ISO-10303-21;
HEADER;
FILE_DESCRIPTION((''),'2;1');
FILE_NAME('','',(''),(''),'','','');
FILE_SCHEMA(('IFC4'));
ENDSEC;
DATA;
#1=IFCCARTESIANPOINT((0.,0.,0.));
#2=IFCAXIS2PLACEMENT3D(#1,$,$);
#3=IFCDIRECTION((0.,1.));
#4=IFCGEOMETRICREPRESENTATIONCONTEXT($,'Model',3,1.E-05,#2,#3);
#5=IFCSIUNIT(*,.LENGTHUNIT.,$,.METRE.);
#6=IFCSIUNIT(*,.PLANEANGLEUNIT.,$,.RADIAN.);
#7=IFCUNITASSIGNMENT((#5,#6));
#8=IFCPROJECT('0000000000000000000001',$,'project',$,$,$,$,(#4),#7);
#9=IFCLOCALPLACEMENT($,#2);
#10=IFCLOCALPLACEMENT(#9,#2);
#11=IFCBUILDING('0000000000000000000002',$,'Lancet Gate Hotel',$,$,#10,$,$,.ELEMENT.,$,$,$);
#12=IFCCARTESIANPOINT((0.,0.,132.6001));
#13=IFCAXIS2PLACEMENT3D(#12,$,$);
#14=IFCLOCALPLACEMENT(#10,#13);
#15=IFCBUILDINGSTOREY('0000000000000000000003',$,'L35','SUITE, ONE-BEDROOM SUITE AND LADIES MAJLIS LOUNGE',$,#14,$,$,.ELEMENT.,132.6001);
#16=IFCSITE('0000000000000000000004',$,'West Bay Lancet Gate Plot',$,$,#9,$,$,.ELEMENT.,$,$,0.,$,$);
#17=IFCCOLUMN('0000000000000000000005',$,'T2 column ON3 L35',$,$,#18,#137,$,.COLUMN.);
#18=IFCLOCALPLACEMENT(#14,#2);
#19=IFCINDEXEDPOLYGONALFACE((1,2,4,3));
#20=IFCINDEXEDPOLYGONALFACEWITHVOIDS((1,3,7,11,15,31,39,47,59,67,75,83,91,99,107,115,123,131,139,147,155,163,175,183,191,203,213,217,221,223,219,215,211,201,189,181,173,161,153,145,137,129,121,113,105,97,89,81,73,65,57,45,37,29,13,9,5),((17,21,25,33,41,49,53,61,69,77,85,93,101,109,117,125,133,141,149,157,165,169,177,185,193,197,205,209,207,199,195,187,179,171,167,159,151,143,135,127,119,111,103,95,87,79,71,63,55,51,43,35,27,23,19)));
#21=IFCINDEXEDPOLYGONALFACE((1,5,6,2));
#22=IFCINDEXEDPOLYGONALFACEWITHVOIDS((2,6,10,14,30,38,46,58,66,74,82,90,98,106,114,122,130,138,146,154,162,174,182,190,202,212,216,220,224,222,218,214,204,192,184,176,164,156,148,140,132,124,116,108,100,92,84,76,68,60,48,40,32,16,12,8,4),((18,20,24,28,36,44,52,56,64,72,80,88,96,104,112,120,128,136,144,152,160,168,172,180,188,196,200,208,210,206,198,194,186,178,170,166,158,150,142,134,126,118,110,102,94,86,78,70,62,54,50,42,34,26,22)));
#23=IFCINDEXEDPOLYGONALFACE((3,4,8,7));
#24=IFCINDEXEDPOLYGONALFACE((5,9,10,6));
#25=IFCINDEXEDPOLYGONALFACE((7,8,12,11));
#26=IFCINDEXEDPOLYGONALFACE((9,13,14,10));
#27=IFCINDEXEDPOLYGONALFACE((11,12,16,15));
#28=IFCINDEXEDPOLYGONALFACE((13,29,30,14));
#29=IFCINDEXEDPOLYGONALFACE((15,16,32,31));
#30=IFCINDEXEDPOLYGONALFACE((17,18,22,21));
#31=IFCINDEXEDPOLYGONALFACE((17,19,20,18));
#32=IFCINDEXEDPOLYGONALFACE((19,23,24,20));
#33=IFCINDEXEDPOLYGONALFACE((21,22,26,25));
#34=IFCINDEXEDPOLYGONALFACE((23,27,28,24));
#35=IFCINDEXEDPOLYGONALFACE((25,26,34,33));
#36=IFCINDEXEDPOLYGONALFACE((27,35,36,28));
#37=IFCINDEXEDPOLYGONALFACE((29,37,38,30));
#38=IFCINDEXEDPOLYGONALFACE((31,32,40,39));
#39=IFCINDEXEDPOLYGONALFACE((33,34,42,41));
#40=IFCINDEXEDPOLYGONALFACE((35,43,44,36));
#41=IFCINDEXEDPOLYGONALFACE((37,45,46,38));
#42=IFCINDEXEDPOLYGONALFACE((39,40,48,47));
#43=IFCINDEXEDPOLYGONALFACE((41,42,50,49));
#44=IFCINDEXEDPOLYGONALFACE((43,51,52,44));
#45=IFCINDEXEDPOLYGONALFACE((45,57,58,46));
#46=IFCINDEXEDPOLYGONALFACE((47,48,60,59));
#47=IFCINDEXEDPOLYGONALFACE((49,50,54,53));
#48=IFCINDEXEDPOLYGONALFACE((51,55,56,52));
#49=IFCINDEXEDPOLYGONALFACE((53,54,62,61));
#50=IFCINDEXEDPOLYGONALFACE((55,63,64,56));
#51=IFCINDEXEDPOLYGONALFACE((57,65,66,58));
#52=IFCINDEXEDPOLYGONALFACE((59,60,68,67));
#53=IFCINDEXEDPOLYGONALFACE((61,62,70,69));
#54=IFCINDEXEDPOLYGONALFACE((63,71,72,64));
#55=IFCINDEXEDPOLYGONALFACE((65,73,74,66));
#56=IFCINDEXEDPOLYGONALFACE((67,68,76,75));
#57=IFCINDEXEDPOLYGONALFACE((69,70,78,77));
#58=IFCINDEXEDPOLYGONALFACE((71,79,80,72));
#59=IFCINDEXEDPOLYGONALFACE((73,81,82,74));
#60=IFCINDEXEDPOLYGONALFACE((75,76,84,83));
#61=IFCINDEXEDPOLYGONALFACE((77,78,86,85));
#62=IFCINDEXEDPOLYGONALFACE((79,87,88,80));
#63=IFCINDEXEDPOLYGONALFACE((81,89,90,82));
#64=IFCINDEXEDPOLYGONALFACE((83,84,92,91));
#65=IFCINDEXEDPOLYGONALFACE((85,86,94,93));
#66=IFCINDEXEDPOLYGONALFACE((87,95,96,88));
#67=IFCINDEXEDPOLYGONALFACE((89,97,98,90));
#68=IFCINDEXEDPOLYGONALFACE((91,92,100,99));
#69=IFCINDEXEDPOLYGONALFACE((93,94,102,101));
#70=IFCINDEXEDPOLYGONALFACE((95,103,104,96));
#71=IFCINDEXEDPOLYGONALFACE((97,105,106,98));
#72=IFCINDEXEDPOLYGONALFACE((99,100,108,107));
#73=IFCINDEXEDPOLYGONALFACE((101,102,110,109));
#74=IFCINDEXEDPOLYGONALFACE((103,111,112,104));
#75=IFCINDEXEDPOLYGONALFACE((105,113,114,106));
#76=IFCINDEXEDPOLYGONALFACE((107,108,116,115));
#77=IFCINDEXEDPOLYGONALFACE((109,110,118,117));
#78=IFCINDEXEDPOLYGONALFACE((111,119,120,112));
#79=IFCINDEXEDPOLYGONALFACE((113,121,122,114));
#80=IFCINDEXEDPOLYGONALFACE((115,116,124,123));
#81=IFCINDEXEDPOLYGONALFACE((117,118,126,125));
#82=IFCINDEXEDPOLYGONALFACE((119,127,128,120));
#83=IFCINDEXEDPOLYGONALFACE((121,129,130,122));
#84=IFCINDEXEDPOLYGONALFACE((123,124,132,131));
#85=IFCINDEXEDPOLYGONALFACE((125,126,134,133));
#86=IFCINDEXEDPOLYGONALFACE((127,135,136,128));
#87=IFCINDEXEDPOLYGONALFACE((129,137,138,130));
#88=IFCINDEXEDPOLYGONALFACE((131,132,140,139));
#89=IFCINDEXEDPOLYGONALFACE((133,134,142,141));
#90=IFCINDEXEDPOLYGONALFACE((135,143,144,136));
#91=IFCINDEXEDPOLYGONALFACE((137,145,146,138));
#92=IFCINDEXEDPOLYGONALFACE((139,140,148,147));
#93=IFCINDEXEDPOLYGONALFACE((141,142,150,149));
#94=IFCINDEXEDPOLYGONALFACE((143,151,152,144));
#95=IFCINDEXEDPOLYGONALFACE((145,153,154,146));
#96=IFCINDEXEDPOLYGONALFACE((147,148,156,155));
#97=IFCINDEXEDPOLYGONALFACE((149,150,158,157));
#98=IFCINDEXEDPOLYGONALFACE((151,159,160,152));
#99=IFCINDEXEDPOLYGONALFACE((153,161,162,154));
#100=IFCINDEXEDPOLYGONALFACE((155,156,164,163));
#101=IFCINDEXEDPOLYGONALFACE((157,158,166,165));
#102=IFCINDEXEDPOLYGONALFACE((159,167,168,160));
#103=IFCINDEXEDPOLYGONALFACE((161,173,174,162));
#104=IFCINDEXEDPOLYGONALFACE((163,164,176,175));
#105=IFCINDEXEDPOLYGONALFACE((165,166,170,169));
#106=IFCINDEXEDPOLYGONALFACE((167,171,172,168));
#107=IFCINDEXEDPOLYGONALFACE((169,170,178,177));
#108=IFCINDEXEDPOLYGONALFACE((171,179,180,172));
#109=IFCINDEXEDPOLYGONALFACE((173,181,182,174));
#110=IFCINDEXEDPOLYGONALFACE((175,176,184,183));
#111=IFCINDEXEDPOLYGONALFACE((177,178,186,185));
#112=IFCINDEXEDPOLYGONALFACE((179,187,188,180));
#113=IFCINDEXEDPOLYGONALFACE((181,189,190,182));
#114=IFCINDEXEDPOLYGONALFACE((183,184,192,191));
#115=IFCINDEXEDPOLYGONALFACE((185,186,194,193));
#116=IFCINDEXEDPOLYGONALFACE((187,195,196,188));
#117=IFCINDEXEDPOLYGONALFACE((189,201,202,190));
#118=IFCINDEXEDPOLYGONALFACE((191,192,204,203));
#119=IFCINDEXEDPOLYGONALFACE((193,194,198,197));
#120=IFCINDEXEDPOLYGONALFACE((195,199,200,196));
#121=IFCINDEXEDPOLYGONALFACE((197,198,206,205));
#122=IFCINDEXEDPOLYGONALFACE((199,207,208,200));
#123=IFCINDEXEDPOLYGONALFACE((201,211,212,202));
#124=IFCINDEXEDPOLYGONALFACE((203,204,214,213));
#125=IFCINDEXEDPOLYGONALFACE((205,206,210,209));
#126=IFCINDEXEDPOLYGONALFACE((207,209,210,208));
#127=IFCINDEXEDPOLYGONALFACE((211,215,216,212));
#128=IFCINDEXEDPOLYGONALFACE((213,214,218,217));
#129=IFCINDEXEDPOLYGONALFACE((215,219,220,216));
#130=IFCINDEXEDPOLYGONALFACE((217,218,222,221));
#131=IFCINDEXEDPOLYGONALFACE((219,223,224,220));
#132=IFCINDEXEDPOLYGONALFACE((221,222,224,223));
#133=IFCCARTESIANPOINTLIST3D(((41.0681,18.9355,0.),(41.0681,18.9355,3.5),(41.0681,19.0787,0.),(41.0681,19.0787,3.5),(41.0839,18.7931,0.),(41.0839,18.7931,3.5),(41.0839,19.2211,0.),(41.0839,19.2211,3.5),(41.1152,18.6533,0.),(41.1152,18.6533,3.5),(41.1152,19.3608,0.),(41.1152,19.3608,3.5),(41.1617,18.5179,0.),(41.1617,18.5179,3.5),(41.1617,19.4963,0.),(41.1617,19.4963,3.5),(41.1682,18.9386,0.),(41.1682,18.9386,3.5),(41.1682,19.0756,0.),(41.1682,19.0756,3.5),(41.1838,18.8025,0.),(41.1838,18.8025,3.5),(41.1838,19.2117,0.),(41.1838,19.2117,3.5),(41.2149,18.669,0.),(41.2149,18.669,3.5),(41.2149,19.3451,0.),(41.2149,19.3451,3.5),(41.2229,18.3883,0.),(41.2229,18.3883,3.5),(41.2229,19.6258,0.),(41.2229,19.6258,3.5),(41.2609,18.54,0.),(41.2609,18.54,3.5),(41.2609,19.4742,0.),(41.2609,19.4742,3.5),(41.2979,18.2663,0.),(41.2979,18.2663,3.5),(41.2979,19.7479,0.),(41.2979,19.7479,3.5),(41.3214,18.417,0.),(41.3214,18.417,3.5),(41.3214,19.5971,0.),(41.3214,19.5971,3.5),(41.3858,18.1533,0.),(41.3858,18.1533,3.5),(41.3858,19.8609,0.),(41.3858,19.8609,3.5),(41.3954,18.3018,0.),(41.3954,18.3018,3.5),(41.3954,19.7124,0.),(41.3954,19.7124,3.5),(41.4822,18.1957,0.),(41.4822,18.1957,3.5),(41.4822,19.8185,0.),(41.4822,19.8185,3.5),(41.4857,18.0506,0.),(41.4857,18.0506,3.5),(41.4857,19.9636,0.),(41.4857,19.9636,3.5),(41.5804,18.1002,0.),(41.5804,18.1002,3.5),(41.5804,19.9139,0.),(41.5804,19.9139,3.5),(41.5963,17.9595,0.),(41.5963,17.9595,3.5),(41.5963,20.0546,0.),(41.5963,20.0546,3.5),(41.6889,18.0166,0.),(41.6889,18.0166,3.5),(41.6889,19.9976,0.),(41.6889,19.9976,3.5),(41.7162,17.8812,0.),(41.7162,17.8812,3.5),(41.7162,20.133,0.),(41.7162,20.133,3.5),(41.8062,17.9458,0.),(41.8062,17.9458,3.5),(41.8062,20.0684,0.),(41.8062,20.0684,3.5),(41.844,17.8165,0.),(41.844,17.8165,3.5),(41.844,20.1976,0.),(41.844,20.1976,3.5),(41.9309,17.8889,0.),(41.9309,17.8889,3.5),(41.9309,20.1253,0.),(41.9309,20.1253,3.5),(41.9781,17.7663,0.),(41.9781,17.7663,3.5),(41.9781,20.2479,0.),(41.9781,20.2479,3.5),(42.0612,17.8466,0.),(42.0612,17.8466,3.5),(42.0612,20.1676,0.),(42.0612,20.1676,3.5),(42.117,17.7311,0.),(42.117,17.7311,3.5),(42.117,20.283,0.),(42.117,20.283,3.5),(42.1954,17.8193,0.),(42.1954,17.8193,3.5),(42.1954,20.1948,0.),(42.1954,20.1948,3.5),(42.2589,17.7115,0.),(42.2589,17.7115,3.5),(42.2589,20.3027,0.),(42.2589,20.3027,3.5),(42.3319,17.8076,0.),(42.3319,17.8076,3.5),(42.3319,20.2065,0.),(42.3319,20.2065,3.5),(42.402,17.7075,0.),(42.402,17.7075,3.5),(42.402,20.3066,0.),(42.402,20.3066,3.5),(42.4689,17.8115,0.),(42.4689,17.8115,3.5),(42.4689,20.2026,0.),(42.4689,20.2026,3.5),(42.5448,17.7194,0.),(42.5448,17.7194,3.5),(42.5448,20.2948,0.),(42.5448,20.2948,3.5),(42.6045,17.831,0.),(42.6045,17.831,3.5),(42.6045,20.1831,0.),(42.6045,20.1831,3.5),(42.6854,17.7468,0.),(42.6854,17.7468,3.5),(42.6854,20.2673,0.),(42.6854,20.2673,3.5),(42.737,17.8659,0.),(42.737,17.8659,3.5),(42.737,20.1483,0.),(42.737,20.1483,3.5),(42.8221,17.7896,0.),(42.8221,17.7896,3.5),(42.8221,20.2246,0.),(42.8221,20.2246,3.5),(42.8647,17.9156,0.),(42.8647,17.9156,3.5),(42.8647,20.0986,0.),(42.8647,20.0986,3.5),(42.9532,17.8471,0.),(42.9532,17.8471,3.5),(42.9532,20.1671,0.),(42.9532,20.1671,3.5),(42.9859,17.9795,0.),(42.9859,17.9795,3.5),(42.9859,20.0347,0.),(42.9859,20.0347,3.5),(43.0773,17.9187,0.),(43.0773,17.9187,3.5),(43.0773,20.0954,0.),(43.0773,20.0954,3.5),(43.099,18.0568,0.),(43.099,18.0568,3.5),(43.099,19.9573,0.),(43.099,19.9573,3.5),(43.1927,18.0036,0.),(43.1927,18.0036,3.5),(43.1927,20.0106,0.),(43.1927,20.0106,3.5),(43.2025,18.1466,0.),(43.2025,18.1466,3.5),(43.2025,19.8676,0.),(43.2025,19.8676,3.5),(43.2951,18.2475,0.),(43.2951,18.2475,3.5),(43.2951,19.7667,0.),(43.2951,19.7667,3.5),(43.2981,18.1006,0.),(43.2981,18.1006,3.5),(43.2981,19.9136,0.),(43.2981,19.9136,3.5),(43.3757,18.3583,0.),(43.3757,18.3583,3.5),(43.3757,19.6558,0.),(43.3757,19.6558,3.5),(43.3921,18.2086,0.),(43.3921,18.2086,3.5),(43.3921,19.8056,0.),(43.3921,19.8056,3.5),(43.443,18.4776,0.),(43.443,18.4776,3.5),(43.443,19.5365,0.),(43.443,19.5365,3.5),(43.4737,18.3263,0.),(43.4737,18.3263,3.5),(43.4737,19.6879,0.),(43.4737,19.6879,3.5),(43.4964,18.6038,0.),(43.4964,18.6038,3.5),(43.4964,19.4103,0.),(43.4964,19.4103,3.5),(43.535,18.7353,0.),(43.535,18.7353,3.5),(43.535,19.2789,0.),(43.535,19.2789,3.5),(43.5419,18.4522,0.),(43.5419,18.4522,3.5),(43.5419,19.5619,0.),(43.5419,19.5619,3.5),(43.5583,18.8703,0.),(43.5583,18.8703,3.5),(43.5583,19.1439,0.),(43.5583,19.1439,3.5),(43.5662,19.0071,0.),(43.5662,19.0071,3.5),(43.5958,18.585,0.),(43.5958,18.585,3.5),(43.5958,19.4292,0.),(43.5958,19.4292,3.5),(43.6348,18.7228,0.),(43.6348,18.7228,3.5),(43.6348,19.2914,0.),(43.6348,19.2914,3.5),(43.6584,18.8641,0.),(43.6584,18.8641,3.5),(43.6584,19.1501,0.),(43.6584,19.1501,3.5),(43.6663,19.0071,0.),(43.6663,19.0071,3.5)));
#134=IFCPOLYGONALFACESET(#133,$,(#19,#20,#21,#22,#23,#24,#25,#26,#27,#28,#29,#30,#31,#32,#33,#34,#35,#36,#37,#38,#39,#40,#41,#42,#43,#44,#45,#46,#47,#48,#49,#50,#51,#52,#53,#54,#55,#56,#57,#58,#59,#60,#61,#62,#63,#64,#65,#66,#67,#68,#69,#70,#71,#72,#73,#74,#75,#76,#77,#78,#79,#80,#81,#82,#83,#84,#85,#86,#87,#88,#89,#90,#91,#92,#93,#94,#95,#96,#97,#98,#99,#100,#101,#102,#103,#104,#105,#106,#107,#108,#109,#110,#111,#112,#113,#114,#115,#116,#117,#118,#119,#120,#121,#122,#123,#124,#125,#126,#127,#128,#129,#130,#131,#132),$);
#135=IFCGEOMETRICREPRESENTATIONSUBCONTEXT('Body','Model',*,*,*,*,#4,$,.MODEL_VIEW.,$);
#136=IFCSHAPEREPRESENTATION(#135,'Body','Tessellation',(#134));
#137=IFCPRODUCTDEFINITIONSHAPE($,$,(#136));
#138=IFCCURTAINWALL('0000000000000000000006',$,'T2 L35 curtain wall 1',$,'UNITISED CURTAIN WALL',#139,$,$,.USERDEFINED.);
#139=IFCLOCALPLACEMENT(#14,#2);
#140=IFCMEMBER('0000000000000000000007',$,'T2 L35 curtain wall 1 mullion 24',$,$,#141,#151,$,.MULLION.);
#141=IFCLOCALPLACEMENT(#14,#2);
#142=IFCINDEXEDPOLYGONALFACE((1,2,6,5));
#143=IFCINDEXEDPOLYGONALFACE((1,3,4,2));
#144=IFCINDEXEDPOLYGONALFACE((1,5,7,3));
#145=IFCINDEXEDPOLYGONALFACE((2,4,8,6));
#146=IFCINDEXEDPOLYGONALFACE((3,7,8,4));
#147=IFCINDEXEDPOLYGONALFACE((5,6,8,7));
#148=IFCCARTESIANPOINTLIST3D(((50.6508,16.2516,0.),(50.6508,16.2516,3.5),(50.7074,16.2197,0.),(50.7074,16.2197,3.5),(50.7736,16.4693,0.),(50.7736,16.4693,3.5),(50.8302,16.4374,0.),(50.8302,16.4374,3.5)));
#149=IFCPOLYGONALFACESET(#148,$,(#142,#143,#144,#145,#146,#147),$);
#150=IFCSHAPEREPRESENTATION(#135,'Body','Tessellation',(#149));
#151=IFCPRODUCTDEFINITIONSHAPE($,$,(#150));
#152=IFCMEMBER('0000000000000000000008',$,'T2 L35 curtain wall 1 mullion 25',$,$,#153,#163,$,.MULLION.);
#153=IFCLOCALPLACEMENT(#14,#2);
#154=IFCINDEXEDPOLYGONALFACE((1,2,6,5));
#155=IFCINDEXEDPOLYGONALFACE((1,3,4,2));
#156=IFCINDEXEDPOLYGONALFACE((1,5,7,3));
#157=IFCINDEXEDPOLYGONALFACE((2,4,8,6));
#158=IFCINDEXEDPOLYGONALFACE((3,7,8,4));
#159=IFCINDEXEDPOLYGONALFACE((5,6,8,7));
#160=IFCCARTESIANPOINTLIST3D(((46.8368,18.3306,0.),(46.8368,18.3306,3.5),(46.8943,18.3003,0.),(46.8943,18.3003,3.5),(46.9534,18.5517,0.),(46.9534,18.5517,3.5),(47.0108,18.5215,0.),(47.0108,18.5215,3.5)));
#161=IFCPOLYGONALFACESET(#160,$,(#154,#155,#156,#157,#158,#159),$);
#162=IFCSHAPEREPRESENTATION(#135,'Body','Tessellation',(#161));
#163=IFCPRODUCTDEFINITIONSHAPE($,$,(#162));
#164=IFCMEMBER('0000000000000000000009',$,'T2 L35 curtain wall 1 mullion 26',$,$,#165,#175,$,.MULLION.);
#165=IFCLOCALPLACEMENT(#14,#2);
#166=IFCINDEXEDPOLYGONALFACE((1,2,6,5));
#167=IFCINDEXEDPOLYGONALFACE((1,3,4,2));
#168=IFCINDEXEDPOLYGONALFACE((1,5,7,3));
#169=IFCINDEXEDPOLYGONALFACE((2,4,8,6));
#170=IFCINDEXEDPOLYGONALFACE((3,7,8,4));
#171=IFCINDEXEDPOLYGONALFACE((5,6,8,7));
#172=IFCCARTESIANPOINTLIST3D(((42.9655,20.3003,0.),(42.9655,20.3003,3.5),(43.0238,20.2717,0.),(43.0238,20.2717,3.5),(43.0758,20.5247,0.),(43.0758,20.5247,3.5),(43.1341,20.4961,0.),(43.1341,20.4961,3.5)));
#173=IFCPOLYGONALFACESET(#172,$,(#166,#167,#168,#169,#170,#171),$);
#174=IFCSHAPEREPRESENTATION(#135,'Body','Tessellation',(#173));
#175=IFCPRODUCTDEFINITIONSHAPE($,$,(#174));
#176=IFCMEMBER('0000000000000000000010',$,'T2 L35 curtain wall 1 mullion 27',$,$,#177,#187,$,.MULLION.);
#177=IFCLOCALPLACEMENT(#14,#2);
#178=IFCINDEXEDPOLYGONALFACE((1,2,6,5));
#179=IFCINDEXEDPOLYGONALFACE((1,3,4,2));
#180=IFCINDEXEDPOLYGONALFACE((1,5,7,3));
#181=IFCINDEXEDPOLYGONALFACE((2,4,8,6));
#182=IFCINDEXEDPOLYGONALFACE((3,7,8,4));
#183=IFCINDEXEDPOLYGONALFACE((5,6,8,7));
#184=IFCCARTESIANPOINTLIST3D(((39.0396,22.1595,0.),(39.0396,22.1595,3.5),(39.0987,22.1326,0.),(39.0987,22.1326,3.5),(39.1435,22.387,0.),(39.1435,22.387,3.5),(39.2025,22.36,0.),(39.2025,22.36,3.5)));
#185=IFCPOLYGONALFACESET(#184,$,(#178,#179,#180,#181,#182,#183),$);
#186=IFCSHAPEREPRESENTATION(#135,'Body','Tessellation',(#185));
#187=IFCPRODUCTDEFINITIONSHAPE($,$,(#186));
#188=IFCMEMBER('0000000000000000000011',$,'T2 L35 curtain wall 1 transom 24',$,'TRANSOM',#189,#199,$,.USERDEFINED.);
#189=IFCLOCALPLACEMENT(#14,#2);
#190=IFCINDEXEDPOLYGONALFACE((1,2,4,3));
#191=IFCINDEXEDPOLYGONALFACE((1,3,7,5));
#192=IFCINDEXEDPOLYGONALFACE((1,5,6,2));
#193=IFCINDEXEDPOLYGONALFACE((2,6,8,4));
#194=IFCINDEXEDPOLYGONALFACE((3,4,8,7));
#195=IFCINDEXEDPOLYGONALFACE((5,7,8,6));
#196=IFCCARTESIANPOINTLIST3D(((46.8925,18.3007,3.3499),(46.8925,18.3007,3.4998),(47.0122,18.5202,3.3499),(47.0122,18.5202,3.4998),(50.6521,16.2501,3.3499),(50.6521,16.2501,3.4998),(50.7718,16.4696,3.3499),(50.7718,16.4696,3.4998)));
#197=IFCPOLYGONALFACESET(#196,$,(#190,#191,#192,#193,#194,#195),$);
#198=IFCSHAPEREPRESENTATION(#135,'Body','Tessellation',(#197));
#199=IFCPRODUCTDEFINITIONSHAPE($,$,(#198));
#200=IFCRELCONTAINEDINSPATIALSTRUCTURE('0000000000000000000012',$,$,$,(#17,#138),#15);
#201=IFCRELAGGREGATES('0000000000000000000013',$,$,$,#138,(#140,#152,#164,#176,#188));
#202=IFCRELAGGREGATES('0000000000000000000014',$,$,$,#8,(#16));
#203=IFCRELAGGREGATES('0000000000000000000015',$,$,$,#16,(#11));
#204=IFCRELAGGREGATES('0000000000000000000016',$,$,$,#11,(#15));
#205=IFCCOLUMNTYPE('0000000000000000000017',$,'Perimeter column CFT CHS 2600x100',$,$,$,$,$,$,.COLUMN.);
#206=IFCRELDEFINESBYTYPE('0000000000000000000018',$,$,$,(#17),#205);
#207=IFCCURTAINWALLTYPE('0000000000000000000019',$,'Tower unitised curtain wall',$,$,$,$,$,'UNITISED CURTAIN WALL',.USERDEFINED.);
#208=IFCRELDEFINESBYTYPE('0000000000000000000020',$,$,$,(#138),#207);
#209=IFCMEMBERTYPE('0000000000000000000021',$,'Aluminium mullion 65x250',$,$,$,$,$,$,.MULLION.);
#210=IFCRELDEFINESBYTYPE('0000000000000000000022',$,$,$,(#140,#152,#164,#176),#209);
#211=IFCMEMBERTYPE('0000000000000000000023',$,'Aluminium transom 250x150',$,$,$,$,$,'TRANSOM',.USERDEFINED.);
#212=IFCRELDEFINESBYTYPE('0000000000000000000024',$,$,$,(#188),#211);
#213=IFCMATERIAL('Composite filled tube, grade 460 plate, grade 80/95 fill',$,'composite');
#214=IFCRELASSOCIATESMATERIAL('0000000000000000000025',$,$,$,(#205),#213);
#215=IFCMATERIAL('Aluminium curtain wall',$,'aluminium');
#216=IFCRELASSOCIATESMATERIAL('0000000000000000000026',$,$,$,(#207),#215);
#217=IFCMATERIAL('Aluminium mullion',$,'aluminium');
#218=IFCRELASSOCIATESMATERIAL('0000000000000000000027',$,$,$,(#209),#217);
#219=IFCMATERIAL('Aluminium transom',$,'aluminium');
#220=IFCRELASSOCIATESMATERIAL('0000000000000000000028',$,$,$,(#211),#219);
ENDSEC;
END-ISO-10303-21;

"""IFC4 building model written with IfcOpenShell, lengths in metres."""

from ifc_helpers import new_model, si_unit, direction, frame, origin, origin_2d, place, context, subcontext, project, spatial, rectangle, hollow_circle, extrude, material, material_profile, profile_set, type_object, element, aggregate, save


model = new_model("IFC4")

# Units and contexts
model_context = context("Model", 3, precision=1e-05, world=origin(), true_north=direction((0.0, 1.0)))
body_context = subcontext(model_context, "Body", "Model", "MODEL_VIEW")
ifc_project = project(units=[si_unit("LENGTHUNIT", "METRE"), si_unit("PLANEANGLEUNIT", "RADIAN")], contexts=[model_context])

# Site, building, storey
site_placement = place(None, origin())
site = spatial("IfcSite", under=ifc_project, at=site_placement, Name="West Bay Lancet Gate Plot", CompositionType="ELEMENT", RefElevation=0.0)
building_placement = place(site_placement, origin())
building = spatial("IfcBuilding", under=site, at=building_placement, Name="Lancet Gate Hotel", CompositionType="ELEMENT")
storey_placement = place(building_placement, frame((0.0, 0.0, 132.6001)))
storey = spatial("IfcBuildingStorey", under=building, at=storey_placement, Name="L35", Description="SUITE, ONE-BEDROOM SUITE AND LADIES MAJLIS LOUNGE", CompositionType="ELEMENT", Elevation=132.6001)

# Column
ifc_material_1 = material(Name="Composite filled tube, grade 460 plate, grade 80/95 fill", Category="composite")
ifc_material_profile_1 = material_profile(ifc_material_1, hollow_circle(Radius=1.3, WallThickness=0.1001, at=origin_2d()), Name="CHS 2600x100")
ifc_profile_set_1 = profile_set([ifc_material_profile_1], Name="Composite filled tube, grade 460 plate, grade 80/95 fill")
column_type = type_object("IfcColumnType", Name="Perimeter column CFT CHS 2600x100", PredefinedType="COLUMN", material=ifc_profile_set_1)
for number, where, z_axis, x_axis, name in (
    (1, (42.3662, 19.0071, 0.0), (0.0, 0.0, 1.0), (1.0, 0.0, 0.0), "T2 column ON3 L35"),
):
    element("IfcColumn", number, at=place(storey_placement, frame(where, z_axis=z_axis, x_axis=x_axis)), inside=storey, type_object=column_type, Name=name, PredefinedType="COLUMN", context=body_context, shape_type="SweptSolid", body=[
        extrude(hollow_circle(Radius=1.3, WallThickness=0.1001, at=origin_2d()), origin(), (0.0, 0.0, 1.0), 3.5),
    ])

# Curtain wall, members
ifc_material_2 = material(Name="Aluminium curtain wall", Category="aluminium")
curtain_wall_type = type_object("IfcCurtainWallType", Name="Tower unitised curtain wall", ElementType="UNITISED CURTAIN WALL", PredefinedType="USERDEFINED", material=ifc_material_2)
curtain_wall_placement = place(storey_placement, origin())
curtain_wall = element("IfcCurtainWall", 2, at=curtain_wall_placement, inside=storey, type_object=curtain_wall_type, Name="T2 L35 curtain wall 1", ObjectType="UNITISED CURTAIN WALL", PredefinedType="USERDEFINED")
ifc_material_3 = material(Name="Aluminium mullion", Category="aluminium")
ifc_material_profile_2 = material_profile(ifc_material_3, rectangle(XDim=0.0649, YDim=0.25, at=origin_2d()), Name="MULLION 65x250")
ifc_profile_set_2 = profile_set([ifc_material_profile_2], Name="Aluminium mullion")
member_type_1 = type_object("IfcMemberType", Name="Aluminium mullion 65x250", PredefinedType="MULLION", material=ifc_profile_set_2)
member_1_placement = place(storey_placement, frame((50.7405, 16.3445, 0.0), z_axis=(0.0, 0.0, 1.0), x_axis=(-0.871029, 0.491232, 0.0)))
member_1 = element("IfcMember", 3, at=member_1_placement, type_object=member_type_1, Name="T2 L35 curtain wall 1 mullion 24", PredefinedType="MULLION", context=body_context, shape_type="SweptSolid", body=[
    extrude(rectangle(XDim=0.0649, YDim=0.25, at=origin_2d()), origin(), (0.0, 0.0, 1.0), 3.5),
])
member_2_placement = place(storey_placement, frame((46.9238, 18.426, 0.0), z_axis=(0.0, 0.0, 1.0), x_axis=(-0.884627, 0.466299, 0.0)))
member_2 = element("IfcMember", 4, at=member_2_placement, type_object=member_type_1, Name="T2 L35 curtain wall 1 mullion 25", PredefinedType="MULLION", context=body_context, shape_type="SweptSolid", body=[
    extrude(rectangle(XDim=0.0649, YDim=0.25, at=origin_2d()), origin(), (0.0, 0.0, 1.0), 3.5),
])
member_3_placement = place(storey_placement, frame((43.0498, 20.3982, 0.0), z_axis=(0.0, 0.0, 1.0), x_axis=(-0.897512, 0.44099, 0.0)))
member_3 = element("IfcMember", 5, at=member_3_placement, type_object=member_type_1, Name="T2 L35 curtain wall 1 mullion 26", PredefinedType="MULLION", context=body_context, shape_type="SweptSolid", body=[
    extrude(rectangle(XDim=0.0649, YDim=0.25, at=origin_2d()), origin(), (0.0, 0.0, 1.0), 3.5),
])
member_4_placement = place(storey_placement, frame((39.1211, 22.2598, 0.0), z_axis=(0.0, 0.0, 1.0), x_axis=(-0.909673, 0.415326, 0.0)))
member_4 = element("IfcMember", 6, at=member_4_placement, type_object=member_type_1, Name="T2 L35 curtain wall 1 mullion 27", PredefinedType="MULLION", context=body_context, shape_type="SweptSolid", body=[
    extrude(rectangle(XDim=0.0649, YDim=0.25, at=origin_2d()), origin(), (0.0, 0.0, 1.0), 3.5),
])
ifc_material_4 = material(Name="Aluminium transom", Category="aluminium")
ifc_material_profile_3 = material_profile(ifc_material_4, rectangle(XDim=0.25, YDim=0.1499, at=origin_2d()), Name="TRANSOM 250x150")
ifc_profile_set_3 = profile_set([ifc_material_profile_3], Name="Aluminium transom")
member_type_2 = type_object("IfcMemberType", Name="Aluminium transom 250x150", ElementType="TRANSOM", PredefinedType="USERDEFINED", material=ifc_profile_set_3)
member_5_placement = place(storey_placement, frame((50.7119, 16.3599, 3.4248), z_axis=(-0.877906, 0.478832, 0.0), x_axis=(-0.478832, -0.877906, 0.0)))
member_5 = element("IfcMember", 7, at=member_5_placement, type_object=member_type_2, Name="T2 L35 curtain wall 1 transom 24", ObjectType="TRANSOM", PredefinedType="USERDEFINED", context=body_context, shape_type="SweptSolid", body=[
    extrude(rectangle(XDim=0.25, YDim=0.1499, at=origin_2d()), origin(), (0.0, 0.0, 1.0), 4.2825),
])

aggregate(curtain_wall, [member_1, member_2, member_3, member_4, member_5])

save(model, "model.ifc")
